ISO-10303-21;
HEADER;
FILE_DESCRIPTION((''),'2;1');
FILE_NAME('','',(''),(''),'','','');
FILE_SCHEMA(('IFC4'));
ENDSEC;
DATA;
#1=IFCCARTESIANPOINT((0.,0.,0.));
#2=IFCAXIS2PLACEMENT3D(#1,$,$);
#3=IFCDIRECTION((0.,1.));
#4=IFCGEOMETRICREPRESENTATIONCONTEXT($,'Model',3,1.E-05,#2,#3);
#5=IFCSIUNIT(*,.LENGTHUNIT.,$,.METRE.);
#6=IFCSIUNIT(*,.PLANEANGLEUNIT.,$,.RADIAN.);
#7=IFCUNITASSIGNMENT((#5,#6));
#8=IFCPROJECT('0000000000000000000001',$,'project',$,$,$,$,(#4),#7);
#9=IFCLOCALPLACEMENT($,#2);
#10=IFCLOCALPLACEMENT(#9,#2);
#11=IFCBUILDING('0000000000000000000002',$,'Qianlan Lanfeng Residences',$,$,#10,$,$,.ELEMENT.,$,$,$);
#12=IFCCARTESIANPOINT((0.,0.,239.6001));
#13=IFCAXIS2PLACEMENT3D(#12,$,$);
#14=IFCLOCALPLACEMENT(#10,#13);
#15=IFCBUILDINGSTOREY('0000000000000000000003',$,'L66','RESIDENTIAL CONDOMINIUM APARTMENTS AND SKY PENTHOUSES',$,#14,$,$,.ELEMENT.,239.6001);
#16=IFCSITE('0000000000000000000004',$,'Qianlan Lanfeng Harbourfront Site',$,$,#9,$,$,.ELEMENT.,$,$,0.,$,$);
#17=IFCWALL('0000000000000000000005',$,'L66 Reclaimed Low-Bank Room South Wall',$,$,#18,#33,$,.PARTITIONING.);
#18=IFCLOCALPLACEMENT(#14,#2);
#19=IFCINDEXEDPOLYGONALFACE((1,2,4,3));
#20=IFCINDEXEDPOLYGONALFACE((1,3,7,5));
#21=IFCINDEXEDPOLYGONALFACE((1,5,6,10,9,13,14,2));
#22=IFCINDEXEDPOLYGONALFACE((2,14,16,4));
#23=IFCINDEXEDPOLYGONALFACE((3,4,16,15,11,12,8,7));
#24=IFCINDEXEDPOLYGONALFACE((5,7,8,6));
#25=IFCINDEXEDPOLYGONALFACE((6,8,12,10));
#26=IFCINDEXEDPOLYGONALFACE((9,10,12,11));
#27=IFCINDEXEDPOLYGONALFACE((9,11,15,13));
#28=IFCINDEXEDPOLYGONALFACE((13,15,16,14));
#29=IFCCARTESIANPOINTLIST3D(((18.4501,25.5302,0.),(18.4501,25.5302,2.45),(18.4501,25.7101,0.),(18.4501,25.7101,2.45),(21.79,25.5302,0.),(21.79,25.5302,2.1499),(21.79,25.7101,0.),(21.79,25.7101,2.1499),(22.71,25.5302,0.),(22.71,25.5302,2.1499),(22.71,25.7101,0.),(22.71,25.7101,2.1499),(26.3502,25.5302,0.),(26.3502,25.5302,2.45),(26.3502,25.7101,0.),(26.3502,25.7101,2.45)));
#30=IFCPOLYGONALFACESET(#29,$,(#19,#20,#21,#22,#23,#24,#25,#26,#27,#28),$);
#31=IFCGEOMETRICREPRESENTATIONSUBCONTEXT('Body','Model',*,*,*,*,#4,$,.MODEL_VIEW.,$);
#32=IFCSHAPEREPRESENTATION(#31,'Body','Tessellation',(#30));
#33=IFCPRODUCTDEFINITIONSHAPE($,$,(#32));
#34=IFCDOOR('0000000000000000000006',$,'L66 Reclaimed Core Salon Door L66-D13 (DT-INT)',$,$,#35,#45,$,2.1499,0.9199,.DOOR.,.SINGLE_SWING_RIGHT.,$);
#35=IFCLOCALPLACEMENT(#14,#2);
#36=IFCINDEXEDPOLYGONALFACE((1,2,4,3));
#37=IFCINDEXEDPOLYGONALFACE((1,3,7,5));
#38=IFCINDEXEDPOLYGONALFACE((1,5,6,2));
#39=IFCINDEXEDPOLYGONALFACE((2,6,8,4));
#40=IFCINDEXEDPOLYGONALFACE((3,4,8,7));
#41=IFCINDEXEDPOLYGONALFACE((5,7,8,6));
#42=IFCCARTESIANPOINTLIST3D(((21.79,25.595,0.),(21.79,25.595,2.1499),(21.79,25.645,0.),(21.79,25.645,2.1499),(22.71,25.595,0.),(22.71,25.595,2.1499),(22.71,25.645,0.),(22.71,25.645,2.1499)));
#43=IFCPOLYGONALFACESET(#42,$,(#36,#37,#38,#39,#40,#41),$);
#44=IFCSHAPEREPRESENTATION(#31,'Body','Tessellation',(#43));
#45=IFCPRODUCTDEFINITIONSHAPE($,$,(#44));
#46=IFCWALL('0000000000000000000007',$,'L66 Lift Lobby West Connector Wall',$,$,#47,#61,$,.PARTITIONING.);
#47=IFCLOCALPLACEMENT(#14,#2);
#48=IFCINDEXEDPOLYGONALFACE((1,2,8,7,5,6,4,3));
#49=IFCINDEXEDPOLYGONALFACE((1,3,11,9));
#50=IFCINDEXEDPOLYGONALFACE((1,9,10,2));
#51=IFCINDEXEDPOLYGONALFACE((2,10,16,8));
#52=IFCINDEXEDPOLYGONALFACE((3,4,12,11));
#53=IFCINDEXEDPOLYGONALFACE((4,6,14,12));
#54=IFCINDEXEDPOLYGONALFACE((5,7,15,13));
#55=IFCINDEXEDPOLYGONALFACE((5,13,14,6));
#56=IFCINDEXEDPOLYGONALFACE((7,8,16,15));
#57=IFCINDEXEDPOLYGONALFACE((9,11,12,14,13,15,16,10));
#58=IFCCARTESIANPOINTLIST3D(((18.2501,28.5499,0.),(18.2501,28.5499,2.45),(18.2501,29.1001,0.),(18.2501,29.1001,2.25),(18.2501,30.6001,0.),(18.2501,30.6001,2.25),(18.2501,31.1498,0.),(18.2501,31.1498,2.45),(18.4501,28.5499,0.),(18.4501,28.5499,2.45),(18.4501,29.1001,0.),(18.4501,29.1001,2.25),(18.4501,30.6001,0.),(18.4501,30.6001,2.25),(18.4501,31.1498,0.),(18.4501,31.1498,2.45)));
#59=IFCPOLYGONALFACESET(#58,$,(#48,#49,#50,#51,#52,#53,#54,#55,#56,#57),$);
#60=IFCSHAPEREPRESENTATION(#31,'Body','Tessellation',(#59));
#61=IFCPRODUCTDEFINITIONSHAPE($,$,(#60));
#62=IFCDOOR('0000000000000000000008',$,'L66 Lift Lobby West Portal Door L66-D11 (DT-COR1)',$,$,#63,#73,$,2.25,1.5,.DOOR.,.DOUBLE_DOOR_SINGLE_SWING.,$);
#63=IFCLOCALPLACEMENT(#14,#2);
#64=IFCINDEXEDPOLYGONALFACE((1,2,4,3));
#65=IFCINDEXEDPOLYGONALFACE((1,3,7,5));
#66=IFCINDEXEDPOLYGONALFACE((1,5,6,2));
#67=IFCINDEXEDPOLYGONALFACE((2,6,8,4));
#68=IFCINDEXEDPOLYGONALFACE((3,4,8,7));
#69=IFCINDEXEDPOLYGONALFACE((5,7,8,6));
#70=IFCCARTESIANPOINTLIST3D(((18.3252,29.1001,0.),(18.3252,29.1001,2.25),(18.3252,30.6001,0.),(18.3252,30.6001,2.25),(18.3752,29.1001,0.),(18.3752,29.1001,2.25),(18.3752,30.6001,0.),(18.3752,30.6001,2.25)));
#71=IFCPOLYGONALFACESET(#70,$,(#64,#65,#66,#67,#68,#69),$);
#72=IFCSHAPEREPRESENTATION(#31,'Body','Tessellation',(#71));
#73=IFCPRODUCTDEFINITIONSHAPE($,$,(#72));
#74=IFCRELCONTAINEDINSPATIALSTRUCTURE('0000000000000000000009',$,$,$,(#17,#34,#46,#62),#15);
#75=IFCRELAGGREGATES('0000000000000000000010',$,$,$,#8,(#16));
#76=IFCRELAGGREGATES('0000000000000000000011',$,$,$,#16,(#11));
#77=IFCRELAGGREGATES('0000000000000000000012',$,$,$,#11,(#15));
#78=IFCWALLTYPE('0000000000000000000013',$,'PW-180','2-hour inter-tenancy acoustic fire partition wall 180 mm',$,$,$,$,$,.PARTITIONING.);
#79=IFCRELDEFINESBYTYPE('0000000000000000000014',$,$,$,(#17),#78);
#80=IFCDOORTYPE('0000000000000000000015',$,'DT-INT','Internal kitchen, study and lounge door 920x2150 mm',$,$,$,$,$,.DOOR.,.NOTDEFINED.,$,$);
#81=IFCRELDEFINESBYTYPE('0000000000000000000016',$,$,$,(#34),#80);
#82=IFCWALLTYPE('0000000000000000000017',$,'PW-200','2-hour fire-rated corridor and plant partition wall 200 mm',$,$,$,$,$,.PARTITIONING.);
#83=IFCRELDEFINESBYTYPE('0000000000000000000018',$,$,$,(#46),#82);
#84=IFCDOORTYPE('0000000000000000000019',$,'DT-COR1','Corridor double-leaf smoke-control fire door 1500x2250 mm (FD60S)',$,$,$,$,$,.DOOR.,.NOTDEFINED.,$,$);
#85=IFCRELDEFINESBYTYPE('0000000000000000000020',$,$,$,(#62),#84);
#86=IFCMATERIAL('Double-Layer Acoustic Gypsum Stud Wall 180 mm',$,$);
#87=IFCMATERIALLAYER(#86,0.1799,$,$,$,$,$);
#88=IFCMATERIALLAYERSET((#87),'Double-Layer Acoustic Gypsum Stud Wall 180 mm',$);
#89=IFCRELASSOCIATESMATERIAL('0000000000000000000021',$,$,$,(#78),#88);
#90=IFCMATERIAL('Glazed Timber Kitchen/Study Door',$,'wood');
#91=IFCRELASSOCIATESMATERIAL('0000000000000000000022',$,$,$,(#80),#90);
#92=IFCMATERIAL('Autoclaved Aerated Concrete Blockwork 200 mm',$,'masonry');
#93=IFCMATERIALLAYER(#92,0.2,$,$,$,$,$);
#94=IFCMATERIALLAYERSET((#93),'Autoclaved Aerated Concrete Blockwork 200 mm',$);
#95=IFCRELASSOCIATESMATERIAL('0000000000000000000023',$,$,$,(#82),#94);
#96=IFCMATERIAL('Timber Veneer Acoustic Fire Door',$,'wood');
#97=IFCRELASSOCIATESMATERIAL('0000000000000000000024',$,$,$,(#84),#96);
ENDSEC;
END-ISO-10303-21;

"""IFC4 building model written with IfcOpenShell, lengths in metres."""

from ifc_helpers import new_model, si_unit, direction, frame, frame_2d, origin, place, context, subcontext, project, spatial, rectangle, extrude, material, layer, layer_set, type_object, element, fill, save


model = new_model("IFC4")

# Units and contexts
model_context = context("Model", 3, precision=1e-05, world=origin(), true_north=direction((0.0, 1.0)))
body_context = subcontext(model_context, "Body", "Model", "MODEL_VIEW")
ifc_project = project(units=[si_unit("LENGTHUNIT", "METRE"), si_unit("PLANEANGLEUNIT", "RADIAN")], contexts=[model_context])

# Site, building, storey
site_placement = place(None, origin())
site = spatial("IfcSite", under=ifc_project, at=site_placement, Name="Qianlan Lanfeng Harbourfront Site", CompositionType="ELEMENT", RefElevation=0.0)
building_placement = place(site_placement, origin())
building = spatial("IfcBuilding", under=site, at=building_placement, Name="Qianlan Lanfeng Residences", CompositionType="ELEMENT")
storey_placement = place(building_placement, frame((0.0, 0.0, 239.6001)))
storey = spatial("IfcBuildingStorey", under=building, at=storey_placement, Name="L66", Description="RESIDENTIAL CONDOMINIUM APARTMENTS AND SKY PENTHOUSES", CompositionType="ELEMENT", Elevation=239.6001)

# Shared definitions
ifc_material_1 = material(Name="Double-Layer Acoustic Gypsum Stud Wall 180 mm")
ifc_layer_1 = layer(ifc_material_1, 0.1799)
ifc_layer_set_1 = layer_set([ifc_layer_1], Name="Double-Layer Acoustic Gypsum Stud Wall 180 mm")
wall_type_1 = type_object("IfcWallType", Name="PW-180", Description="2-hour inter-tenancy acoustic fire partition wall 180 mm", PredefinedType="PARTITIONING", material=ifc_layer_set_1)
ifc_material_2 = material(Name="Glazed Timber Kitchen/Study Door", Category="wood")
door_type_1 = type_object("IfcDoorType", Name="DT-INT", Description="Internal kitchen, study and lounge door 920x2150 mm", OperationType="NOTDEFINED", PredefinedType="DOOR", material=ifc_material_2)

# Walls, openings, doors
wall_1_placement = place(storey_placement, frame((18.45, 25.6201, 0.0), z_axis=(0.0, 0.0, 1.0), x_axis=(1.0, 0.0, 0.0)))
wall_1 = element("IfcWall", 1, at=wall_1_placement, inside=storey, type_object=wall_type_1, Name="L66 Reclaimed Low-Bank Room South Wall", PredefinedType="PARTITIONING", context=body_context, shape_type="SweptSolid", body=[
    extrude(rectangle(XDim=7.9001, YDim=0.1799, at=frame_2d((3.9502, 0.0))), origin(), (0.0, 0.0, 1.0), 2.45),
])
opening_1_placement = place(wall_1_placement, frame((3.3401, 0.0, 0.0)))
opening_1 = element("IfcOpeningElement", 2, at=opening_1_placement, cuts=wall_1, PredefinedType="OPENING", context=body_context, shape_type="SweptSolid", body=[
    extrude(rectangle(XDim=0.9199, YDim=2.1499, at=frame_2d((0.46, 1.075))), frame((0.0, 0.1001, 0.0), z_axis=(0.0, -1.0, 0.0), x_axis=(1.0, 0.0, 0.0)), (0.0, 0.0, 1.0), 0.2),
])
door_1_placement = place(opening_1_placement, origin())
door_1 = element("IfcDoor", 3, at=door_1_placement, inside=storey, type_object=door_type_1, Name="L66 Reclaimed Core Salon Door L66-D13 (DT-INT)", OperationType="SINGLE_SWING_RIGHT", OverallHeight=2.1499, OverallWidth=0.9199, PredefinedType="DOOR", context=body_context, shape_type="SweptSolid", body=[
    extrude(rectangle(XDim=0.9199, YDim=2.1499, at=frame_2d((0.46, 1.075))), frame((0.0, 0.0249, 0.0), z_axis=(0.0, -1.0, 0.0), x_axis=(1.0, 0.0, 0.0)), (0.0, 0.0, 1.0), 0.05),
])
fill(opening_1, door_1)
ifc_material_3 = material(Name="Autoclaved Aerated Concrete Blockwork 200 mm", Category="masonry")
ifc_layer_2 = layer(ifc_material_3, 0.2)
ifc_layer_set_2 = layer_set([ifc_layer_2], Name="Autoclaved Aerated Concrete Blockwork 200 mm")
wall_type_2 = type_object("IfcWallType", Name="PW-200", Description="2-hour fire-rated corridor and plant partition wall 200 mm", PredefinedType="PARTITIONING", material=ifc_layer_set_2)
wall_2_placement = place(storey_placement, frame((18.3501, 28.55, 0.0), z_axis=(0.0, 0.0, 1.0), x_axis=(0.0, 1.0, 0.0)))
wall_2 = element("IfcWall", 4, at=wall_2_placement, inside=storey, type_object=wall_type_2, Name="L66 Lift Lobby West Connector Wall", PredefinedType="PARTITIONING", context=body_context, shape_type="SweptSolid", body=[
    extrude(rectangle(XDim=2.5999, YDim=0.2, at=frame_2d((1.2998, 0.0))), origin(), (0.0, 0.0, 1.0), 2.45),
])
opening_2_placement = place(wall_2_placement, frame((0.55, 0.0, 0.0)))
opening_2 = element("IfcOpeningElement", 5, at=opening_2_placement, cuts=wall_2, PredefinedType="OPENING", context=body_context, shape_type="SweptSolid", body=[
    extrude(rectangle(XDim=1.5, YDim=2.25, at=frame_2d((0.75, 1.125))), frame((0.0, 0.1099, 0.0), z_axis=(0.0, -1.0, 0.0), x_axis=(1.0, 0.0, 0.0)), (0.0, 0.0, 1.0), 0.22),
])
ifc_material_4 = material(Name="Timber Veneer Acoustic Fire Door", Category="wood")
door_type_2 = type_object("IfcDoorType", Name="DT-COR1", Description="Corridor double-leaf smoke-control fire door 1500x2250 mm (FD60S)", OperationType="NOTDEFINED", PredefinedType="DOOR", material=ifc_material_4)
door_2_placement = place(opening_2_placement, origin())
door_2 = element("IfcDoor", 6, at=door_2_placement, inside=storey, type_object=door_type_2, Name="L66 Lift Lobby West Portal Door L66-D11 (DT-COR1)", OperationType="DOUBLE_DOOR_SINGLE_SWING", OverallHeight=2.25, OverallWidth=1.5, PredefinedType="DOOR", context=body_context, shape_type="SweptSolid", body=[
    extrude(rectangle(XDim=1.5, YDim=2.25, at=frame_2d((0.75, 1.125))), frame((0.0, 0.0249, 0.0), z_axis=(0.0, -1.0, 0.0), x_axis=(1.0, 0.0, 0.0)), (0.0, 0.0, 1.0), 0.05),
])
fill(opening_2, door_2)

save(model, "model.ifc")
